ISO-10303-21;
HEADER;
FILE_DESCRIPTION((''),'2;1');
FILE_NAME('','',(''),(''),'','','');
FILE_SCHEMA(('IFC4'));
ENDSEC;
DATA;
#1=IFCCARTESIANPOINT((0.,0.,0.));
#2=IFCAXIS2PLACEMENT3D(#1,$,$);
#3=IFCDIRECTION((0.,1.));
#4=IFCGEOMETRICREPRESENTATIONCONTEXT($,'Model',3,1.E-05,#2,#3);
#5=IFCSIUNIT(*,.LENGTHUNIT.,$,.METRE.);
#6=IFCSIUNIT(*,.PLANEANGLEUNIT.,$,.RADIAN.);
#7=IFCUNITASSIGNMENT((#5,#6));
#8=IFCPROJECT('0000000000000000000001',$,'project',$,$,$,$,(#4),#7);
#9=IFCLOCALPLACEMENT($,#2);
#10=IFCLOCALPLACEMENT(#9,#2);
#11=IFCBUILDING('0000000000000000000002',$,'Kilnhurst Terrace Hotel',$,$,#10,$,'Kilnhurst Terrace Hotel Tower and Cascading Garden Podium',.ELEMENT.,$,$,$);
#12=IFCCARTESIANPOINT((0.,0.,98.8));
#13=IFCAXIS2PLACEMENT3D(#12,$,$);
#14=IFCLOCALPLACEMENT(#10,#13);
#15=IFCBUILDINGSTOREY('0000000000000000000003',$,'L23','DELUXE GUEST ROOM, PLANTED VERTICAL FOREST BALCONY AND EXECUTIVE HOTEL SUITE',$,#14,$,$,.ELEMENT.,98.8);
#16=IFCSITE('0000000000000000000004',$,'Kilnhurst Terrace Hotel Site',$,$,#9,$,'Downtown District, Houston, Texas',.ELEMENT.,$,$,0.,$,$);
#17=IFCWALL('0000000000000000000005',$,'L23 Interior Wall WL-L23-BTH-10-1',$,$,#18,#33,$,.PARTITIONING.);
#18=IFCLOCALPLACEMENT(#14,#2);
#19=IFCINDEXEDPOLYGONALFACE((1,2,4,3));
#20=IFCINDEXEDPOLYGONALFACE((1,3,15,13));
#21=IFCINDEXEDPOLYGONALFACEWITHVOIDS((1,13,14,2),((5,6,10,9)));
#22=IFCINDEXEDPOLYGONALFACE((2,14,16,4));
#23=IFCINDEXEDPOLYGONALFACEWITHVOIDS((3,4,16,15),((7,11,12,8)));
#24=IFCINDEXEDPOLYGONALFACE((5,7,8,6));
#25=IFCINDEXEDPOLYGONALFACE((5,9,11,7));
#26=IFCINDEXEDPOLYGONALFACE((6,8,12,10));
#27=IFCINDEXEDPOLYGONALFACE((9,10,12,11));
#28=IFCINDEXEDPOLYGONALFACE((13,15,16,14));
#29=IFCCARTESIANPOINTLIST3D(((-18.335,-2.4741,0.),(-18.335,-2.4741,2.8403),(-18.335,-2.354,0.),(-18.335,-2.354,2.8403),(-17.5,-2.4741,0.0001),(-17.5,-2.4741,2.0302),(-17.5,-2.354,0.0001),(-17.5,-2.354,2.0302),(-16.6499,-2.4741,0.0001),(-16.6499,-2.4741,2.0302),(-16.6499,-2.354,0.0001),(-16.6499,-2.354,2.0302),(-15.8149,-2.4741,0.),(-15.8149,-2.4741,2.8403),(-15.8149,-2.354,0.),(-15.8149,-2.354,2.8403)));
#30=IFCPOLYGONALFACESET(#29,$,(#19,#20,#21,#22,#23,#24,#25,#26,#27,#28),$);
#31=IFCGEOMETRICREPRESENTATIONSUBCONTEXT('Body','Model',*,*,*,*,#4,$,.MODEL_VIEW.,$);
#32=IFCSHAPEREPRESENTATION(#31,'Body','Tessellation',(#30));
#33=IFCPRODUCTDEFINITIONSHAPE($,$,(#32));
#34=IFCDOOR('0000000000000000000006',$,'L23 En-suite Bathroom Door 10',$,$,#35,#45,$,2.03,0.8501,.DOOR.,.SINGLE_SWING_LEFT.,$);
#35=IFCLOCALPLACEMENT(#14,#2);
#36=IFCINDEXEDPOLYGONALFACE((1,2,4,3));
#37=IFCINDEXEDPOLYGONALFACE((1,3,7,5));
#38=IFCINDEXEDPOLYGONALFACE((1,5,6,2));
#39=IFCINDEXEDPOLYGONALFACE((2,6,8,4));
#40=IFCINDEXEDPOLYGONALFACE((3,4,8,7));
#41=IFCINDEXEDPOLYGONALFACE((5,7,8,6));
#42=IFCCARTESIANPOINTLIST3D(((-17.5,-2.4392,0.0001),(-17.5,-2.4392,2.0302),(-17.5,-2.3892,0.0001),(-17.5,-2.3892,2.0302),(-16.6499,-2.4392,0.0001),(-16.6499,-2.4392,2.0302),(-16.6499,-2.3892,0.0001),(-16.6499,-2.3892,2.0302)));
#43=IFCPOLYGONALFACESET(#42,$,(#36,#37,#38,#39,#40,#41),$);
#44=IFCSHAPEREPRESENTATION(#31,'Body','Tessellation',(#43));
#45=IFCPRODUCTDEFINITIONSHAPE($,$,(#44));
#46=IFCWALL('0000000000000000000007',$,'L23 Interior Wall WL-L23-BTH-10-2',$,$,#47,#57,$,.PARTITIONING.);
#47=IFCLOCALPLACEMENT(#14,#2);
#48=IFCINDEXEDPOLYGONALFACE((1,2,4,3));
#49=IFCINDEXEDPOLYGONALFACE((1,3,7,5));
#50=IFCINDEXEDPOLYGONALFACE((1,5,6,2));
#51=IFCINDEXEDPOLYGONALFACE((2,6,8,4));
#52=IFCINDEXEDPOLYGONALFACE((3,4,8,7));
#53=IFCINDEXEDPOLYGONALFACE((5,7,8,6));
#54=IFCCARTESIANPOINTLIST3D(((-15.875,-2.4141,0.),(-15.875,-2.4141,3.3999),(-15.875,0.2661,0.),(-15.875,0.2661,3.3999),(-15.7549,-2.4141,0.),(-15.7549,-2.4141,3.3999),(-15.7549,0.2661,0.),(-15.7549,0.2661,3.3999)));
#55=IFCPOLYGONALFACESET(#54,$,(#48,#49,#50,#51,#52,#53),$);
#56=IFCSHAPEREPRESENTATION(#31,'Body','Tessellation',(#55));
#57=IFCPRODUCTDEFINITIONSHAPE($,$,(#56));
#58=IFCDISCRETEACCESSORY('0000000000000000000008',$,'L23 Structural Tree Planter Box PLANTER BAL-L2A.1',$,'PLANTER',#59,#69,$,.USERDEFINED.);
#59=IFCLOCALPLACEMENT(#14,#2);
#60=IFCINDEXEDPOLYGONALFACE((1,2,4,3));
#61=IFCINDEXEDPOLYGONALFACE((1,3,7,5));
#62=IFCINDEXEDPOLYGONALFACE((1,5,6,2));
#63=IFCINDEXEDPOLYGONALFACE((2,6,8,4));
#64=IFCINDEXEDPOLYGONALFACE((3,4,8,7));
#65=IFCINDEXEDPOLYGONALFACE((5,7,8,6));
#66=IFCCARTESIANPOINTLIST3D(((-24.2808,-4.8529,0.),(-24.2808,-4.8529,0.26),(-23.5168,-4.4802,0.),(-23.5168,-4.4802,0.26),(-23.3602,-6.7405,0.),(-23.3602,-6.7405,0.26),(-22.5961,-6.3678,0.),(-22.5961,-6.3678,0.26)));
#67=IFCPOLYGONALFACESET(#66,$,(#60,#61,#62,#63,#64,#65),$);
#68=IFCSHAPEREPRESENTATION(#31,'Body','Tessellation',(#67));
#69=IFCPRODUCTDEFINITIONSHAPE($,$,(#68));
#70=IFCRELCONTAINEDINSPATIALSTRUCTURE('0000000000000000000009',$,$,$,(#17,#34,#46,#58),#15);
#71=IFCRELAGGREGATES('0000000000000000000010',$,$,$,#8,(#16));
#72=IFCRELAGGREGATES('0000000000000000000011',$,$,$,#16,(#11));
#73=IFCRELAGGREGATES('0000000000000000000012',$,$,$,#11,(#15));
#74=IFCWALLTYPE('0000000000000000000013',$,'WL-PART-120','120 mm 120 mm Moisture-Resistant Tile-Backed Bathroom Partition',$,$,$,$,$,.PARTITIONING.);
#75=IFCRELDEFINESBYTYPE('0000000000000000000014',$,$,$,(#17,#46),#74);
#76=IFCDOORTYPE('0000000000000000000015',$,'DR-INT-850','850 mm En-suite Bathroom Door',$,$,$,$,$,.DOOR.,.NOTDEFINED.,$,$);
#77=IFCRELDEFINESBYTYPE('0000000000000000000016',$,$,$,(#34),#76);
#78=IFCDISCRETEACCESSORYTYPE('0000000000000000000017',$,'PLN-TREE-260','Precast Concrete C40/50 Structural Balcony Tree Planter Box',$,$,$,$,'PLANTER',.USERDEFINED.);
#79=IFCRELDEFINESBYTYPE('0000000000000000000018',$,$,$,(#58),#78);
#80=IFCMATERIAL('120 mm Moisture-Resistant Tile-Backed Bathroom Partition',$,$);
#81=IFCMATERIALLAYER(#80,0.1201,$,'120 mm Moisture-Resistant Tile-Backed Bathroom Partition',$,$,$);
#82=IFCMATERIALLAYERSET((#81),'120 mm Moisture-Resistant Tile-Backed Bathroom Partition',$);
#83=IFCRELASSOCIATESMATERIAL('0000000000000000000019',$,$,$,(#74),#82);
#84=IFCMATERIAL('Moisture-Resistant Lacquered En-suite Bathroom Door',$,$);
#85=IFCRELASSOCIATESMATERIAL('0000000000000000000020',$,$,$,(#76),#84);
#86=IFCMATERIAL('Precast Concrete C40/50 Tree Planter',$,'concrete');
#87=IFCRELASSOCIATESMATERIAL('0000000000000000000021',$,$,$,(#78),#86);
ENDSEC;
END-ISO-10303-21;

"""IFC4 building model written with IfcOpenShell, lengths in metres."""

from ifc_helpers import new_model, si_unit, direction, frame, frame_2d, origin, origin_2d, place, context, subcontext, project, spatial, rectangle, extrude, material, layer, layer_set, type_object, element, fill, save


model = new_model("IFC4")

# Units and contexts
model_context = context("Model", 3, precision=1e-05, world=origin(), true_north=direction((0.0, 1.0)))
body_context = subcontext(model_context, "Body", "Model", "MODEL_VIEW")
ifc_project = project(units=[si_unit("LENGTHUNIT", "METRE"), si_unit("PLANEANGLEUNIT", "RADIAN")], contexts=[model_context])

# Site, building, storey
site_placement = place(None, origin())
site = spatial("IfcSite", under=ifc_project, at=site_placement, Name="Kilnhurst Terrace Hotel Site", LongName="Downtown District, Houston, Texas", CompositionType="ELEMENT", RefElevation=0.0)
building_placement = place(site_placement, origin())
building = spatial("IfcBuilding", under=site, at=building_placement, Name="Kilnhurst Terrace Hotel", LongName="Kilnhurst Terrace Hotel Tower and Cascading Garden Podium", CompositionType="ELEMENT")
storey_placement = place(building_placement, frame((0.0, 0.0, 98.8)))
storey = spatial("IfcBuildingStorey", under=building, at=storey_placement, Name="L23", Description="DELUXE GUEST ROOM, PLANTED VERTICAL FOREST BALCONY AND EXECUTIVE HOTEL SUITE", CompositionType="ELEMENT", Elevation=98.8)

# Wall, opening, door
ifc_material_1 = material(Name="120 mm Moisture-Resistant Tile-Backed Bathroom Partition")
ifc_layer_1 = layer(ifc_material_1, 0.1201, Name="120 mm Moisture-Resistant Tile-Backed Bathroom Partition")
ifc_layer_set_1 = layer_set([ifc_layer_1], Name="120 mm Moisture-Resistant Tile-Backed Bathroom Partition")
wall_type_1 = type_object("IfcWallType", Name="WL-PART-120", Description="120 mm 120 mm Moisture-Resistant Tile-Backed Bathroom Partition", PredefinedType="PARTITIONING", material=ifc_layer_set_1)
wall_1_placement = place(storey_placement, frame((-18.335, -2.4141, 0.0), z_axis=(0.0, 0.0, 1.0), x_axis=(1.0, 0.0, 0.0)))
wall_1 = element("IfcWall", 1, at=wall_1_placement, inside=storey, type_object=wall_type_1, Name="L23 Interior Wall WL-L23-BTH-10-1", PredefinedType="PARTITIONING", context=body_context, shape_type="SweptSolid", body=[
    extrude(rectangle(XDim=2.52, YDim=0.1201, at=frame_2d((1.26, 0.0))), origin(), (0.0, 0.0, 1.0), 2.8403),
])
opening_1_placement = place(wall_1_placement, frame((0.835, 0.0, 0.0)))
opening_1 = element("IfcOpeningElement", 2, at=opening_1_placement, cuts=wall_1, PredefinedType="OPENING", context=body_context, shape_type="SweptSolid", body=[
    extrude(rectangle(XDim=0.8501, YDim=2.03, at=frame_2d((0.425, 1.0151))), frame((0.0, 0.0701, 0.0), z_axis=(0.0, -1.0, 0.0), x_axis=(1.0, 0.0, 0.0)), (0.0, 0.0, 1.0), 0.1401),
])
ifc_material_2 = material(Name="Moisture-Resistant Lacquered En-suite Bathroom Door")
door_type_1 = type_object("IfcDoorType", Name="DR-INT-850", Description="850 mm En-suite Bathroom Door", OperationType="NOTDEFINED", PredefinedType="DOOR", material=ifc_material_2)
door_1_placement = place(opening_1_placement, origin())
door_1 = element("IfcDoor", 3, at=door_1_placement, inside=storey, type_object=door_type_1, Name="L23 En-suite Bathroom Door 10", OperationType="SINGLE_SWING_LEFT", OverallHeight=2.03, OverallWidth=0.8501, PredefinedType="DOOR", context=body_context, shape_type="SweptSolid", body=[
    extrude(rectangle(XDim=0.8501, YDim=2.03, at=frame_2d((0.425, 1.0151))), frame((0.0, 0.0249, 0.0), z_axis=(0.0, -1.0, 0.0), x_axis=(1.0, 0.0, 0.0)), (0.0, 0.0, 1.0), 0.05),
])
fill(opening_1, door_1)

# Wall
wall_2_placement = place(storey_placement, frame((-15.8149, -2.4141, 0.0), z_axis=(0.0, 0.0, 1.0), x_axis=(0.0, 1.0, 0.0)))
element("IfcWall", 4, at=wall_2_placement, inside=storey, type_object=wall_type_1, Name="L23 Interior Wall WL-L23-BTH-10-2", PredefinedType="PARTITIONING", context=body_context, shape_type="SweptSolid", body=[
    extrude(rectangle(XDim=2.6802, YDim=0.1201, at=frame_2d((1.3401, 0.0))), origin(), (0.0, 0.0, 1.0), 3.3999),
])

# Discrete accessory
ifc_material_3 = material(Name="Precast Concrete C40/50 Tree Planter", Category="concrete")
discrete_accessory_type = type_object("IfcDiscreteAccessoryType", Name="PLN-TREE-260", Description="Precast Concrete C40/50 Structural Balcony Tree Planter Box", ElementType="PLANTER", PredefinedType="USERDEFINED", material=ifc_material_3)
discrete_accessory_placement = place(storey_placement, frame((-23.4385, -5.6104, 0.0), z_axis=(0.0, 0.0, 1.0), x_axis=(0.438387, -0.898786, 0.0)))
element("IfcDiscreteAccessory", 5, at=discrete_accessory_placement, inside=storey, type_object=discrete_accessory_type, Name="L23 Structural Tree Planter Box PLANTER BAL-L2A.1", ObjectType="PLANTER", PredefinedType="USERDEFINED", context=body_context, shape_type="SweptSolid", body=[
    extrude(rectangle(XDim=2.1001, YDim=0.8501, at=origin_2d()), origin(), (0.0, 0.0, 1.0), 0.26),
])

save(model, "model.ifc")
